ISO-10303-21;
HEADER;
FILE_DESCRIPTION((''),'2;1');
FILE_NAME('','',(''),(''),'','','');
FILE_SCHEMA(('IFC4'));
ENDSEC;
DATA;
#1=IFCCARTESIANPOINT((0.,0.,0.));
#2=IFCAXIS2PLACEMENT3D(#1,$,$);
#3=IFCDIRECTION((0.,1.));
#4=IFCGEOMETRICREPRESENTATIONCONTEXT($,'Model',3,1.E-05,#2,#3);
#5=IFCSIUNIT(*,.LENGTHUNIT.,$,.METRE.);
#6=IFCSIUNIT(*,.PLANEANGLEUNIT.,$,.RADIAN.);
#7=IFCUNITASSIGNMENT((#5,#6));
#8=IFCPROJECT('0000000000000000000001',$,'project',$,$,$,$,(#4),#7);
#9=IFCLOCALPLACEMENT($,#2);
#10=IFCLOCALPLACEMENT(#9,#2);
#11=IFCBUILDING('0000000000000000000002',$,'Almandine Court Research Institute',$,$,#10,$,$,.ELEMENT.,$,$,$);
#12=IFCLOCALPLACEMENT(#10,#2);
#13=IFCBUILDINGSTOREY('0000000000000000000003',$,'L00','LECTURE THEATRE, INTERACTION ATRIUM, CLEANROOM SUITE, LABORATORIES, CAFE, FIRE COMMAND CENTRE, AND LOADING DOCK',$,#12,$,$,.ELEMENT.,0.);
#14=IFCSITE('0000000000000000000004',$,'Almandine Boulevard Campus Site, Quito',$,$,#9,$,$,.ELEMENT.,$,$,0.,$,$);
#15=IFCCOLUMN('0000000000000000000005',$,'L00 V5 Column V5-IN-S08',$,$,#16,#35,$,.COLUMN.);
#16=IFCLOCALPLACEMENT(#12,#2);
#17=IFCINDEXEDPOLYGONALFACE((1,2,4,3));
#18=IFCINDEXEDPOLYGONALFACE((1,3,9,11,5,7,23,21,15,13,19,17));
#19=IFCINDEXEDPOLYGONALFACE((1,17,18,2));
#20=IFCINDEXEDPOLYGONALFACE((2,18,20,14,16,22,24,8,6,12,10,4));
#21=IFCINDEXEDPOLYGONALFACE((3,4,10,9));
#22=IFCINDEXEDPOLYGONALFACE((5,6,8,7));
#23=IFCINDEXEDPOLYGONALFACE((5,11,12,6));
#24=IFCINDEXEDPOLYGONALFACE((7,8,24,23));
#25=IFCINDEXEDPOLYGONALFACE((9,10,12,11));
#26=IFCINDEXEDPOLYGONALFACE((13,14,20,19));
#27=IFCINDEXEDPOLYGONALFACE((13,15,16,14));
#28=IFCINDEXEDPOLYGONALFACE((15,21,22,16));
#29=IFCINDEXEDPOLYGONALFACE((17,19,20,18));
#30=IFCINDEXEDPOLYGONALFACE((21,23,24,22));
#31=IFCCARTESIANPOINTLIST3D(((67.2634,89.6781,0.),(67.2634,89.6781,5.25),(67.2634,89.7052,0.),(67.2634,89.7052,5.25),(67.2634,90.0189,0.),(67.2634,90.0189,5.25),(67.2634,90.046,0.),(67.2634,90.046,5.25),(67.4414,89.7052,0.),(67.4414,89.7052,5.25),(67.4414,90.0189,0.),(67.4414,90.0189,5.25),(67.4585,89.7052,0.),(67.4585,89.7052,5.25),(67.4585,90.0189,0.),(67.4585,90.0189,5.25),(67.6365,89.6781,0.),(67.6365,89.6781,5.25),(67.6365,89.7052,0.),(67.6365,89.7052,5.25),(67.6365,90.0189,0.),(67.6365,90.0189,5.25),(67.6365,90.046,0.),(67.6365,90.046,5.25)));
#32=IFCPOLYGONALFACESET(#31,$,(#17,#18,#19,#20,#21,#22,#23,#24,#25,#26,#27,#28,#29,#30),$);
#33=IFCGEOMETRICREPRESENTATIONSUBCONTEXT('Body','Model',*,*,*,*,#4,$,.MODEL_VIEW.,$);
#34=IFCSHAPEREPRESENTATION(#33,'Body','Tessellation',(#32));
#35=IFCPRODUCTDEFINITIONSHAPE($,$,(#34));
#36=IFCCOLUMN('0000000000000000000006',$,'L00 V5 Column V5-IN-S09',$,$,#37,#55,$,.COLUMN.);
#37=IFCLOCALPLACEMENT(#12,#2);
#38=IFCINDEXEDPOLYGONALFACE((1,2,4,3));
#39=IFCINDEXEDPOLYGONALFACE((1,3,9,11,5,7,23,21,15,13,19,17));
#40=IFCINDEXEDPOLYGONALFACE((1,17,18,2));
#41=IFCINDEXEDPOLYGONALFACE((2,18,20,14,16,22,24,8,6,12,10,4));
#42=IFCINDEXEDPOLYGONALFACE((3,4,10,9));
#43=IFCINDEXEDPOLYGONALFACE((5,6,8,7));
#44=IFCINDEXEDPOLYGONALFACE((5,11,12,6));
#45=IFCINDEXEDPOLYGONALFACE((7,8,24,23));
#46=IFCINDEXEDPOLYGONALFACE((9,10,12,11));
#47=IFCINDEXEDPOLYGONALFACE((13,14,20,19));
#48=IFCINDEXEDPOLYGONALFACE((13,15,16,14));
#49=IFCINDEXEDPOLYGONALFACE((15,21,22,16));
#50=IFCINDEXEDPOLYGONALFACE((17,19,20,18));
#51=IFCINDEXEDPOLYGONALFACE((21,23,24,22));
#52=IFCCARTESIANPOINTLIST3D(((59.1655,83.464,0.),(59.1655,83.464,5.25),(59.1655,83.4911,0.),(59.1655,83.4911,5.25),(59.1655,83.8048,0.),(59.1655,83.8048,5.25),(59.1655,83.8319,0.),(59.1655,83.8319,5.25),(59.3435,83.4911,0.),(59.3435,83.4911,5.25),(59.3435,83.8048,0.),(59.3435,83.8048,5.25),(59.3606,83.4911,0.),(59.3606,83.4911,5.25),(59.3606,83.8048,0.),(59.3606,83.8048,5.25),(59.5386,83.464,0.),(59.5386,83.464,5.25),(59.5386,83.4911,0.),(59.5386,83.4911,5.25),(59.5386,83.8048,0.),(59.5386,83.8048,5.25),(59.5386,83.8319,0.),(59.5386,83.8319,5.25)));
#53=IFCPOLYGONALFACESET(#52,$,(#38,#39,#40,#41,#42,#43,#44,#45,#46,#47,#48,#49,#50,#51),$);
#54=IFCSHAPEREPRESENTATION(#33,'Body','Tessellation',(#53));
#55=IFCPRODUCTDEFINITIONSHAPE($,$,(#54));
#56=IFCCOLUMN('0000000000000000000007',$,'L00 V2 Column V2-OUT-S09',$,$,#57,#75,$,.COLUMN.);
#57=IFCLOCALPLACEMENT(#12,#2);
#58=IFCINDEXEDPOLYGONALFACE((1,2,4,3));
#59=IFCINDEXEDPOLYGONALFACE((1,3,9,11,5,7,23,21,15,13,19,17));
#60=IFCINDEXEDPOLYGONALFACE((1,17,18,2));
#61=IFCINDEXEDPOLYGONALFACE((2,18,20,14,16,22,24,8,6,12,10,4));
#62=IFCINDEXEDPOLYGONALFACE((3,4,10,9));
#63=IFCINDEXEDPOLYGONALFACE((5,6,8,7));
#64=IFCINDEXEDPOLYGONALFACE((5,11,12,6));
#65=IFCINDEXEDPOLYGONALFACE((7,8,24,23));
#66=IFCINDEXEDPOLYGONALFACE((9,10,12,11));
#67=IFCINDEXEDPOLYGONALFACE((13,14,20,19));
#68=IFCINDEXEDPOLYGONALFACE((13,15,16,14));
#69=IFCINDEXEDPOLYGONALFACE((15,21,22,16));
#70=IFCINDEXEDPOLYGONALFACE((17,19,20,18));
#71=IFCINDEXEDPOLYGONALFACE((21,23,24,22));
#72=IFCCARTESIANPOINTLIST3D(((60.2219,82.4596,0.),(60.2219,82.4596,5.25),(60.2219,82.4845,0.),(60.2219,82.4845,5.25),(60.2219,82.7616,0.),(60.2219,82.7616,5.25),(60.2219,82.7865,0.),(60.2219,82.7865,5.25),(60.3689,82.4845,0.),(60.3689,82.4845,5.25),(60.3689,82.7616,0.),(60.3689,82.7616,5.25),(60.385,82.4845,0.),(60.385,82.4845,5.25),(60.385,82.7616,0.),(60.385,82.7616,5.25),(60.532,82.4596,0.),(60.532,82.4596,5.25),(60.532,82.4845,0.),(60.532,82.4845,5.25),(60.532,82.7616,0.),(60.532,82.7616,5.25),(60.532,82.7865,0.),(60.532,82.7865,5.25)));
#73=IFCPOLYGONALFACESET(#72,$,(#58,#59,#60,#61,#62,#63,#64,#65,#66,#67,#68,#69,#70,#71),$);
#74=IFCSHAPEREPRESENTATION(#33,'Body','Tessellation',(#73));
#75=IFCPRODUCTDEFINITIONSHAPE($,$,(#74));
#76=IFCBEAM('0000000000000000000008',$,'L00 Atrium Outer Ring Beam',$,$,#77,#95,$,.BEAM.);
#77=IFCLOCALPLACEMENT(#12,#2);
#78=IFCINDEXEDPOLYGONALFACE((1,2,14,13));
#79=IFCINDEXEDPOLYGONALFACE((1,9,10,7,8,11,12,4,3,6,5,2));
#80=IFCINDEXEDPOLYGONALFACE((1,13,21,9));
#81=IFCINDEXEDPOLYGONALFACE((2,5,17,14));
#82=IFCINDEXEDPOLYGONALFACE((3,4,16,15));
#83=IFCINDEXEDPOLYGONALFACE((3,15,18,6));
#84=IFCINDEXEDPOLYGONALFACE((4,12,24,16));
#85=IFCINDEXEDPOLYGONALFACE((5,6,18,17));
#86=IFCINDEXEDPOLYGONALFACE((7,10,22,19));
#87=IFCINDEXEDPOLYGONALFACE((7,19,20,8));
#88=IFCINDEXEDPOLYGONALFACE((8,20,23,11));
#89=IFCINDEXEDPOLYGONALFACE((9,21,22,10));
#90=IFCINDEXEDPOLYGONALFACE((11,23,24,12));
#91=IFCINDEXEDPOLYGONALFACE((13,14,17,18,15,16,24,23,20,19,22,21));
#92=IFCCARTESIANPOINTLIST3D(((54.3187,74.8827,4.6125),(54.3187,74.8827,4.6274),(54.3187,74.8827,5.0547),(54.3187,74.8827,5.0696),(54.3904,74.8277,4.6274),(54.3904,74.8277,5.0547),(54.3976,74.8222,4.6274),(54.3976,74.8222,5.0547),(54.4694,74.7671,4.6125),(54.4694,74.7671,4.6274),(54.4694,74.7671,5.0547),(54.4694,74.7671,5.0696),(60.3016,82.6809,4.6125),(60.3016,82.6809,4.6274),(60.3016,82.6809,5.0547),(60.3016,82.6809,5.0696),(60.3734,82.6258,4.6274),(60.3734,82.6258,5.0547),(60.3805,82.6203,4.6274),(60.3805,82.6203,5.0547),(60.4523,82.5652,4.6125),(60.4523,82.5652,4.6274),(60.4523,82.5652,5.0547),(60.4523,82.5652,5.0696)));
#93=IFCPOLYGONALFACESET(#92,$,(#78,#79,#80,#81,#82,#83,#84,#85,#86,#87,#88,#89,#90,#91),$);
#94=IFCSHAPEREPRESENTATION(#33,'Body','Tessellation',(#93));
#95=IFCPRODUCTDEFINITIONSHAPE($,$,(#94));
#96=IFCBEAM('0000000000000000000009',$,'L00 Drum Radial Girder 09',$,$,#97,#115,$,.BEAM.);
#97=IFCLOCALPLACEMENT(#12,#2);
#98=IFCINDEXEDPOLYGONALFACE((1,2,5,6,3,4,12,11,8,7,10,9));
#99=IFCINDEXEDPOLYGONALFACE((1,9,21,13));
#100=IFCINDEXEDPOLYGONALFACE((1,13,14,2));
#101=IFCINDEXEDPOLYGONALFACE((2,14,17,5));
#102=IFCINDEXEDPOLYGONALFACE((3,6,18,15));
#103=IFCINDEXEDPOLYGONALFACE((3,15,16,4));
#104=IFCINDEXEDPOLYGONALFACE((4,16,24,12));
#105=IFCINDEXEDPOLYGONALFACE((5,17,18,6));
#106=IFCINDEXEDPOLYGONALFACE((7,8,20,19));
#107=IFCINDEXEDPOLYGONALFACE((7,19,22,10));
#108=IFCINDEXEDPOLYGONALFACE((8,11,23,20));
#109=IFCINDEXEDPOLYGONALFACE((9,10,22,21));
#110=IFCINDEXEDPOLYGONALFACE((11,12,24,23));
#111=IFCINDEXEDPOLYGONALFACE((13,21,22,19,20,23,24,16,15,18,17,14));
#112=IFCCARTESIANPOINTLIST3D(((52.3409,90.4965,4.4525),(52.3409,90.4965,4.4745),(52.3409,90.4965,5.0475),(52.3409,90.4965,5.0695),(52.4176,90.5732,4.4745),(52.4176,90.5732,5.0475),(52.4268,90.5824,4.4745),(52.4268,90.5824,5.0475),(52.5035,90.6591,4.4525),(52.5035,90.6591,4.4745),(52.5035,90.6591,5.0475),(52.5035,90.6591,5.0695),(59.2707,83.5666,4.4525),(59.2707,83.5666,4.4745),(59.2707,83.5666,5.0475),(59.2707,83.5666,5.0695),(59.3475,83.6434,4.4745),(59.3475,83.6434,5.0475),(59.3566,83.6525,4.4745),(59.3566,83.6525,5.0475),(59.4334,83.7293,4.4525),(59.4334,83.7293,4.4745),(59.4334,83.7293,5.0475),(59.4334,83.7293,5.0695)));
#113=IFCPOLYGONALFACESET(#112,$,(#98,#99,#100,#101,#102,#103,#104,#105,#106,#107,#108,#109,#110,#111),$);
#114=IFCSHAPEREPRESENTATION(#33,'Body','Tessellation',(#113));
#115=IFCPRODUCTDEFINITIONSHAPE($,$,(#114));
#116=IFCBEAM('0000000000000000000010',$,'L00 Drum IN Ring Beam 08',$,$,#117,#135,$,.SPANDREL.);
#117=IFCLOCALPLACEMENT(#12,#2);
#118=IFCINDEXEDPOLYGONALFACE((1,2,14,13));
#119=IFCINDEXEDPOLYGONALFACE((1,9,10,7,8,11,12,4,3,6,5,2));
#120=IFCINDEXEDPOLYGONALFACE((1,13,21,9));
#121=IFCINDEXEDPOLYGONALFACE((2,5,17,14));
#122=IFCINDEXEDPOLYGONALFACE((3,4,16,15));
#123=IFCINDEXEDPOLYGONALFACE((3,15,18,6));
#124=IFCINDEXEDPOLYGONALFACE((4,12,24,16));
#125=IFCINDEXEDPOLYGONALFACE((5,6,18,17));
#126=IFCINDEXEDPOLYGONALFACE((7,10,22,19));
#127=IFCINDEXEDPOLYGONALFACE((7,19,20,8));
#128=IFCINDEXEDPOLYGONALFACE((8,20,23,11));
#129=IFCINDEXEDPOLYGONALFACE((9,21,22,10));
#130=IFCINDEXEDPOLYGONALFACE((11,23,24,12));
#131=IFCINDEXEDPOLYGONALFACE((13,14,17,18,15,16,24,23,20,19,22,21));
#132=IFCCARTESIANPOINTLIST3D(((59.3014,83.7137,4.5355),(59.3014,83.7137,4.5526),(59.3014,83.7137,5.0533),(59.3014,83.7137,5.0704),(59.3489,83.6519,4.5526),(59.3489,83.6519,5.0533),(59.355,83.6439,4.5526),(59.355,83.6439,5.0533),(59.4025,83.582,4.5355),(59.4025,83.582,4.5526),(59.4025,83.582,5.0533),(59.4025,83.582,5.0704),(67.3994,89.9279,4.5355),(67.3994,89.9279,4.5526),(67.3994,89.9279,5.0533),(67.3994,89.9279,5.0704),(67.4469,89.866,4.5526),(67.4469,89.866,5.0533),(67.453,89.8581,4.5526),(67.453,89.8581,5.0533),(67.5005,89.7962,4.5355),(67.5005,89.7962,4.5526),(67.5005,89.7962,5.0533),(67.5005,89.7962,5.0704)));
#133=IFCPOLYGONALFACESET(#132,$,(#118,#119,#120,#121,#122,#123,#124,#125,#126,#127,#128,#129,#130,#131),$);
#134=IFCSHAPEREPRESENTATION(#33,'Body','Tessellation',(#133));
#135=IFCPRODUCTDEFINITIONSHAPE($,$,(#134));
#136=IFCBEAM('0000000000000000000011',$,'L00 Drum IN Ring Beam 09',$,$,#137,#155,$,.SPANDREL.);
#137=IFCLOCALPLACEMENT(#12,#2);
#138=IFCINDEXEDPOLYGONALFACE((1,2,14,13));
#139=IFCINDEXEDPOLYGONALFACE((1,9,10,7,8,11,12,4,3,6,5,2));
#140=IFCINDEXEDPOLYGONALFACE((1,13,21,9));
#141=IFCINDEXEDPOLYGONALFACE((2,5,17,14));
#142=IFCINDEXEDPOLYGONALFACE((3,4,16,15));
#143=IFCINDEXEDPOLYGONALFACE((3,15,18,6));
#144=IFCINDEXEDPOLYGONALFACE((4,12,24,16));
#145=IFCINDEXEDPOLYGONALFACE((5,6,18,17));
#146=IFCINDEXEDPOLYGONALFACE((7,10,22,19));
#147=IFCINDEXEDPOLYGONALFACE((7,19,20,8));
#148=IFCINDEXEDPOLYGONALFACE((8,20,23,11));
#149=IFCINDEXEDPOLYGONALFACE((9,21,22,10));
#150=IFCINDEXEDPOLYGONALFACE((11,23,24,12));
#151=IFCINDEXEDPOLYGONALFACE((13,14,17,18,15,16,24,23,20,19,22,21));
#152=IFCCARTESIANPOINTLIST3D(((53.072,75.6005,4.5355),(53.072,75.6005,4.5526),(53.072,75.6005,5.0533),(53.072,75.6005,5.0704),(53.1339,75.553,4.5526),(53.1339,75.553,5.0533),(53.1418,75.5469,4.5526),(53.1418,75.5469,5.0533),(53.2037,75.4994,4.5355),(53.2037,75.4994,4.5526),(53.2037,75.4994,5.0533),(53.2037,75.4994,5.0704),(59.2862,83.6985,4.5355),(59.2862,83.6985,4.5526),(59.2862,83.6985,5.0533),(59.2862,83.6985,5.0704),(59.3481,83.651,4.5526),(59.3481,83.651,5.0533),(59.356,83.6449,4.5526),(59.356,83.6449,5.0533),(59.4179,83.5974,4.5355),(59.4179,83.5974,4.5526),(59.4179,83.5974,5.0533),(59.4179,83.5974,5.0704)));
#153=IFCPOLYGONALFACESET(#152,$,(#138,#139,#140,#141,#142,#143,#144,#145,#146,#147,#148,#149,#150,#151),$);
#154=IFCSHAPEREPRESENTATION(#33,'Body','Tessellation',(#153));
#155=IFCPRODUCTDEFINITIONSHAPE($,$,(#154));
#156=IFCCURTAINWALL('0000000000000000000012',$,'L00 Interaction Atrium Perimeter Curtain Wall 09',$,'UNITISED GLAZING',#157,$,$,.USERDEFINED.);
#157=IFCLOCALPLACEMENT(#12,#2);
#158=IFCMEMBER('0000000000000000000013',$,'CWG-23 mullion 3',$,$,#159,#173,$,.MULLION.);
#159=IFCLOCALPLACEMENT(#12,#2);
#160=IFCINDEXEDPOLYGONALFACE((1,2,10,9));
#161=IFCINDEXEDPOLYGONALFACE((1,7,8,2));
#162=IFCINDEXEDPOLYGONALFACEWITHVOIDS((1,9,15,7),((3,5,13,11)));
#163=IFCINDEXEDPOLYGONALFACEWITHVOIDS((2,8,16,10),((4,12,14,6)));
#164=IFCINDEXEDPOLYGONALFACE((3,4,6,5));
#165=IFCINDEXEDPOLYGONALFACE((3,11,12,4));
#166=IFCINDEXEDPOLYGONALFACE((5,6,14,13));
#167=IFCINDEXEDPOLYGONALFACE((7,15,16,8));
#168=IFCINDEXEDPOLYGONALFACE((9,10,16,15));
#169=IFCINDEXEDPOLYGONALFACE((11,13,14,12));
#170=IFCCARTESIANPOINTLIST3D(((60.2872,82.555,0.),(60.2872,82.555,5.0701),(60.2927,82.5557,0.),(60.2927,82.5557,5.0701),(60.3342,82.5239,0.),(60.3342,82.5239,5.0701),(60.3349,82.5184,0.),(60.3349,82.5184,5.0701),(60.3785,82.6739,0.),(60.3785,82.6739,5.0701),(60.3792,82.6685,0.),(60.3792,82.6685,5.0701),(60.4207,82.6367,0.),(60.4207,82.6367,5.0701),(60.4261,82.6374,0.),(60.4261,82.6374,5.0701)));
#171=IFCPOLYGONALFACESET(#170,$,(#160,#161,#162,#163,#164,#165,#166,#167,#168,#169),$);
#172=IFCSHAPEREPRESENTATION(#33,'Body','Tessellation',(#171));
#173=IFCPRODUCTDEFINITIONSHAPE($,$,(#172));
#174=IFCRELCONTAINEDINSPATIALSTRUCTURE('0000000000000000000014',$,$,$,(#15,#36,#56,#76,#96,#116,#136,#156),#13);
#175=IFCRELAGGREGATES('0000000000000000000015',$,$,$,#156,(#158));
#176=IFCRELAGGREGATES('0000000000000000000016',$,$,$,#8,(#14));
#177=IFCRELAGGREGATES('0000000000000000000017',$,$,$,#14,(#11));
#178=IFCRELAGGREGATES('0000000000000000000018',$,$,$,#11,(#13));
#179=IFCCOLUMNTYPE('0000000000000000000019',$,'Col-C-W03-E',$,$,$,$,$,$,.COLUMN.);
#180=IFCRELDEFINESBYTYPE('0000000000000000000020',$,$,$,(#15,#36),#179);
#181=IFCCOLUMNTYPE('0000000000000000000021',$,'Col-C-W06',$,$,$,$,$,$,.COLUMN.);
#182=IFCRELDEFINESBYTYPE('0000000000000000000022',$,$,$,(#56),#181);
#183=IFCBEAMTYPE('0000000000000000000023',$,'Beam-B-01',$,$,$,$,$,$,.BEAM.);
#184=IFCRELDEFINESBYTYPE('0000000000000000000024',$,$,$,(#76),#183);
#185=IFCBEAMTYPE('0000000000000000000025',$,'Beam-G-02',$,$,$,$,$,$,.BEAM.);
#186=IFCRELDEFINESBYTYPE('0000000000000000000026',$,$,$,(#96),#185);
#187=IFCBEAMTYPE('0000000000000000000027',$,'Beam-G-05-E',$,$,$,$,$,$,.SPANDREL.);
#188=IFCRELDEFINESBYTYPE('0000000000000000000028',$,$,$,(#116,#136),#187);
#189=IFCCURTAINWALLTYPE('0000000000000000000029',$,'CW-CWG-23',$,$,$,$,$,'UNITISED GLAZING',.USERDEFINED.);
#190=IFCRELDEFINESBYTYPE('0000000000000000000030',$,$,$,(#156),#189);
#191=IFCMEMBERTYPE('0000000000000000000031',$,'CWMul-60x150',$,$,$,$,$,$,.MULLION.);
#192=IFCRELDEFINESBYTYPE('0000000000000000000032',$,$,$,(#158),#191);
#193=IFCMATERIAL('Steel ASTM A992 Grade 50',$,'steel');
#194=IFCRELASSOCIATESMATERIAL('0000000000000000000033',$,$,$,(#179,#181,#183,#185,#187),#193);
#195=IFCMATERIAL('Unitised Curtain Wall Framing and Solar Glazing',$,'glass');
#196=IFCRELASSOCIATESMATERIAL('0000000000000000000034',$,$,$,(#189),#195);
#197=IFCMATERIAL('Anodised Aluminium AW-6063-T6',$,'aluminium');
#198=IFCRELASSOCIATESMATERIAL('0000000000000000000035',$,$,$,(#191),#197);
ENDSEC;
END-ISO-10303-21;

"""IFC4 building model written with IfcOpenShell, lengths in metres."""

from ifc_helpers import new_model, si_unit, direction, frame, origin, origin_2d, place, context, subcontext, project, spatial, hollow_rectangle, i_section, extrude, material, material_profile, profile_set, type_object, element, aggregate, save


model = new_model("IFC4")

# Units and contexts
model_context = context("Model", 3, precision=1e-05, world=origin(), true_north=direction((0.0, 1.0)))
body_context = subcontext(model_context, "Body", "Model", "MODEL_VIEW")
ifc_project = project(units=[si_unit("LENGTHUNIT", "METRE"), si_unit("PLANEANGLEUNIT", "RADIAN")], contexts=[model_context])

# Site, building, storey
site_placement = place(None, origin())
site = spatial("IfcSite", under=ifc_project, at=site_placement, Name="Almandine Boulevard Campus Site, Quito", CompositionType="ELEMENT", RefElevation=0.0)
building_placement = place(site_placement, origin())
building = spatial("IfcBuilding", under=site, at=building_placement, Name="Almandine Court Research Institute", CompositionType="ELEMENT")
storey_placement = place(building_placement, origin())
storey = spatial("IfcBuildingStorey", under=building, at=storey_placement, Name="L00", Description="LECTURE THEATRE, INTERACTION ATRIUM, CLEANROOM SUITE, LABORATORIES, CAFE, FIRE COMMAND CENTRE, AND LOADING DOCK", CompositionType="ELEMENT", Elevation=0.0)

# Columns
ifc_material_1 = material(Name="Steel ASTM A992 Grade 50", Category="steel")
ifc_material_profile_1 = material_profile(ifc_material_1, i_section(OverallWidth=0.373, OverallDepth=0.3679, WebThickness=0.0171, FlangeThickness=0.0271, at=origin_2d()), Name="W360x179")
ifc_profile_set_1 = profile_set([ifc_material_profile_1], Name="Steel ASTM A992 Grade 50")
column_type_1 = type_object("IfcColumnType", Name="Col-C-W03-E", PredefinedType="COLUMN", material=ifc_profile_set_1)
for number, where, z_axis, x_axis, name in (
    (1, (67.45, 89.8621, 0.0), (0.0, 0.0, 1.0), (1.0, 0.0, 0.0), "L00 V5 Column V5-IN-S08"),
    (2, (59.3521, 83.6479, 0.0), (0.0, 0.0, 1.0), (1.0, 0.0, 0.0), "L00 V5 Column V5-IN-S09"),
):
    element("IfcColumn", number, at=place(storey_placement, frame(where, z_axis=z_axis, x_axis=x_axis)), inside=storey, type_object=column_type_1, Name=name, PredefinedType="COLUMN", context=body_context, shape_type="SweptSolid", body=[
        extrude(i_section(OverallWidth=0.373, OverallDepth=0.3679, WebThickness=0.0171, FlangeThickness=0.0271, at=origin_2d()), origin(), (0.0, 0.0, 1.0), 5.25),
    ])
ifc_material_profile_2 = material_profile(ifc_material_1, i_section(OverallWidth=0.3101, OverallDepth=0.3269, WebThickness=0.0161, FlangeThickness=0.0249, at=origin_2d()), Name="W310x158")
ifc_profile_set_2 = profile_set([ifc_material_profile_2], Name="Steel ASTM A992 Grade 50")
column_type_2 = type_object("IfcColumnType", Name="Col-C-W06", PredefinedType="COLUMN", material=ifc_profile_set_2)
column_placement = place(storey_placement, frame((60.377, 82.623, 0.0), z_axis=(0.0, 0.0, 1.0), x_axis=(1.0, 0.0, 0.0)))
element("IfcColumn", 3, at=column_placement, inside=storey, type_object=column_type_2, Name="L00 V2 Column V2-OUT-S09", PredefinedType="COLUMN", context=body_context, shape_type="SweptSolid", body=[
    extrude(i_section(OverallWidth=0.3101, OverallDepth=0.3269, WebThickness=0.0161, FlangeThickness=0.0249, at=origin_2d()), origin(), (0.0, 0.0, 1.0), 5.25),
])

# Beams
ifc_material_profile_3 = material_profile(ifc_material_1, i_section(OverallWidth=0.1899, OverallDepth=0.457, WebThickness=0.009, FlangeThickness=0.0149, at=origin_2d()), Name="W460x74")
ifc_profile_set_3 = profile_set([ifc_material_profile_3], Name="Steel ASTM A992 Grade 50")
beam_type_1 = type_object("IfcBeamType", Name="Beam-B-01", PredefinedType="BEAM", material=ifc_profile_set_3)
beam_1_placement = place(storey_placement, frame((60.377, 82.623, 4.8411), z_axis=(-0.608712, -0.793392, 0.0), x_axis=(0.793392, -0.608712, 0.0)))
element("IfcBeam", 4, at=beam_1_placement, inside=storey, type_object=beam_type_1, Name="L00 Atrium Outer Ring Beam", PredefinedType="BEAM", context=body_context, shape_type="SweptSolid", body=[
    extrude(i_section(OverallWidth=0.1899, OverallDepth=0.457, WebThickness=0.009, FlangeThickness=0.0149, at=origin_2d()), origin(), (0.0, 0.0, 1.0), 9.8289),
])
ifc_material_profile_4 = material_profile(ifc_material_1, i_section(OverallWidth=0.23, OverallDepth=0.6169, WebThickness=0.0129, FlangeThickness=0.022, at=origin_2d()), Name="W610x140")
ifc_profile_set_4 = profile_set([ifc_material_profile_4], Name="Steel ASTM A992 Grade 50")
beam_type_2 = type_object("IfcBeamType", Name="Beam-G-02", PredefinedType="BEAM", material=ifc_profile_set_4)
beam_2_placement = place(storey_placement, frame((59.3521, 83.6479, 4.761), z_axis=(-0.707107, 0.707107, 0.0), x_axis=(-0.707107, -0.707107, 0.0)))
element("IfcBeam", 5, at=beam_2_placement, inside=storey, type_object=beam_type_2, Name="L00 Drum Radial Girder 09", PredefinedType="BEAM", context=body_context, shape_type="SweptSolid", body=[
    extrude(i_section(OverallWidth=0.23, OverallDepth=0.6169, WebThickness=0.0129, FlangeThickness=0.022, at=origin_2d()), origin(), (0.0, 0.0, 1.0), 9.8003),
])
ifc_material_profile_5 = material_profile(ifc_material_1, i_section(OverallWidth=0.166, OverallDepth=0.5349, WebThickness=0.01, FlangeThickness=0.0171, at=origin_2d()), Name="W530x85")
ifc_profile_set_5 = profile_set([ifc_material_profile_5], Name="Steel ASTM A992 Grade 50")
beam_type_3 = type_object("IfcBeamType", Name="Beam-G-05-E", PredefinedType="SPANDREL", material=ifc_profile_set_5)
for number, where, z_axis, x_axis, name in (
    (6, (67.45, 89.8621, 4.803), (-0.793336, -0.608784, 0.0), (0.608784, -0.793336, 0.0), "L00 Drum IN Ring Beam 08"),
    (7, (59.3521, 83.6479, 4.803), (-0.608784, -0.793336, 0.0), (0.793336, -0.608784, 0.0), "L00 Drum IN Ring Beam 09"),
):
    element("IfcBeam", number, at=place(storey_placement, frame(where, z_axis=z_axis, x_axis=x_axis)), inside=storey, type_object=beam_type_3, Name=name, PredefinedType="SPANDREL", context=body_context, shape_type="SweptSolid", body=[
        extrude(i_section(OverallWidth=0.166, OverallDepth=0.5349, WebThickness=0.01, FlangeThickness=0.0171, at=origin_2d()), origin(), (0.0, 0.0, 1.0), 10.2075),
    ])

# Curtain wall, member
ifc_material_2 = material(Name="Unitised Curtain Wall Framing and Solar Glazing", Category="glass")
curtain_wall_type = type_object("IfcCurtainWallType", Name="CW-CWG-23", ElementType="UNITISED GLAZING", PredefinedType="USERDEFINED", material=ifc_material_2)
curtain_wall_placement = place(storey_placement, origin())
curtain_wall = element("IfcCurtainWall", 8, at=curtain_wall_placement, inside=storey, type_object=curtain_wall_type, Name="L00 Interaction Atrium Perimeter Curtain Wall 09", ObjectType="UNITISED GLAZING", PredefinedType="USERDEFINED")
ifc_material_3 = material(Name="Anodised Aluminium AW-6063-T6", Category="aluminium")
ifc_material_profile_6 = material_profile(ifc_material_3, hollow_rectangle(XDim=0.0601, YDim=0.1499, WallThickness=0.0039, at=origin_2d()), Name="ALU RHS 60x150x4")
ifc_profile_set_6 = profile_set([ifc_material_profile_6], Name="Anodised Aluminium AW-6063-T6")
member_type = type_object("IfcMemberType", Name="CWMul-60x150", PredefinedType="MULLION", material=ifc_profile_set_6)
member_placement = place(storey_placement, frame((60.3567, 82.5962, 0.0), z_axis=(0.0, 0.0, 1.0), x_axis=(-0.793354, 0.608761, 0.0)))
member = element("IfcMember", 9, at=member_placement, type_object=member_type, Name="CWG-23 mullion 3", PredefinedType="MULLION", context=body_context, shape_type="SweptSolid", body=[
    extrude(hollow_rectangle(XDim=0.0601, YDim=0.1499, WallThickness=0.0039, at=origin_2d()), origin(), (0.0, 0.0, 1.0), 5.0701),
])
aggregate(curtain_wall, [member])

save(model, "model.ifc")
